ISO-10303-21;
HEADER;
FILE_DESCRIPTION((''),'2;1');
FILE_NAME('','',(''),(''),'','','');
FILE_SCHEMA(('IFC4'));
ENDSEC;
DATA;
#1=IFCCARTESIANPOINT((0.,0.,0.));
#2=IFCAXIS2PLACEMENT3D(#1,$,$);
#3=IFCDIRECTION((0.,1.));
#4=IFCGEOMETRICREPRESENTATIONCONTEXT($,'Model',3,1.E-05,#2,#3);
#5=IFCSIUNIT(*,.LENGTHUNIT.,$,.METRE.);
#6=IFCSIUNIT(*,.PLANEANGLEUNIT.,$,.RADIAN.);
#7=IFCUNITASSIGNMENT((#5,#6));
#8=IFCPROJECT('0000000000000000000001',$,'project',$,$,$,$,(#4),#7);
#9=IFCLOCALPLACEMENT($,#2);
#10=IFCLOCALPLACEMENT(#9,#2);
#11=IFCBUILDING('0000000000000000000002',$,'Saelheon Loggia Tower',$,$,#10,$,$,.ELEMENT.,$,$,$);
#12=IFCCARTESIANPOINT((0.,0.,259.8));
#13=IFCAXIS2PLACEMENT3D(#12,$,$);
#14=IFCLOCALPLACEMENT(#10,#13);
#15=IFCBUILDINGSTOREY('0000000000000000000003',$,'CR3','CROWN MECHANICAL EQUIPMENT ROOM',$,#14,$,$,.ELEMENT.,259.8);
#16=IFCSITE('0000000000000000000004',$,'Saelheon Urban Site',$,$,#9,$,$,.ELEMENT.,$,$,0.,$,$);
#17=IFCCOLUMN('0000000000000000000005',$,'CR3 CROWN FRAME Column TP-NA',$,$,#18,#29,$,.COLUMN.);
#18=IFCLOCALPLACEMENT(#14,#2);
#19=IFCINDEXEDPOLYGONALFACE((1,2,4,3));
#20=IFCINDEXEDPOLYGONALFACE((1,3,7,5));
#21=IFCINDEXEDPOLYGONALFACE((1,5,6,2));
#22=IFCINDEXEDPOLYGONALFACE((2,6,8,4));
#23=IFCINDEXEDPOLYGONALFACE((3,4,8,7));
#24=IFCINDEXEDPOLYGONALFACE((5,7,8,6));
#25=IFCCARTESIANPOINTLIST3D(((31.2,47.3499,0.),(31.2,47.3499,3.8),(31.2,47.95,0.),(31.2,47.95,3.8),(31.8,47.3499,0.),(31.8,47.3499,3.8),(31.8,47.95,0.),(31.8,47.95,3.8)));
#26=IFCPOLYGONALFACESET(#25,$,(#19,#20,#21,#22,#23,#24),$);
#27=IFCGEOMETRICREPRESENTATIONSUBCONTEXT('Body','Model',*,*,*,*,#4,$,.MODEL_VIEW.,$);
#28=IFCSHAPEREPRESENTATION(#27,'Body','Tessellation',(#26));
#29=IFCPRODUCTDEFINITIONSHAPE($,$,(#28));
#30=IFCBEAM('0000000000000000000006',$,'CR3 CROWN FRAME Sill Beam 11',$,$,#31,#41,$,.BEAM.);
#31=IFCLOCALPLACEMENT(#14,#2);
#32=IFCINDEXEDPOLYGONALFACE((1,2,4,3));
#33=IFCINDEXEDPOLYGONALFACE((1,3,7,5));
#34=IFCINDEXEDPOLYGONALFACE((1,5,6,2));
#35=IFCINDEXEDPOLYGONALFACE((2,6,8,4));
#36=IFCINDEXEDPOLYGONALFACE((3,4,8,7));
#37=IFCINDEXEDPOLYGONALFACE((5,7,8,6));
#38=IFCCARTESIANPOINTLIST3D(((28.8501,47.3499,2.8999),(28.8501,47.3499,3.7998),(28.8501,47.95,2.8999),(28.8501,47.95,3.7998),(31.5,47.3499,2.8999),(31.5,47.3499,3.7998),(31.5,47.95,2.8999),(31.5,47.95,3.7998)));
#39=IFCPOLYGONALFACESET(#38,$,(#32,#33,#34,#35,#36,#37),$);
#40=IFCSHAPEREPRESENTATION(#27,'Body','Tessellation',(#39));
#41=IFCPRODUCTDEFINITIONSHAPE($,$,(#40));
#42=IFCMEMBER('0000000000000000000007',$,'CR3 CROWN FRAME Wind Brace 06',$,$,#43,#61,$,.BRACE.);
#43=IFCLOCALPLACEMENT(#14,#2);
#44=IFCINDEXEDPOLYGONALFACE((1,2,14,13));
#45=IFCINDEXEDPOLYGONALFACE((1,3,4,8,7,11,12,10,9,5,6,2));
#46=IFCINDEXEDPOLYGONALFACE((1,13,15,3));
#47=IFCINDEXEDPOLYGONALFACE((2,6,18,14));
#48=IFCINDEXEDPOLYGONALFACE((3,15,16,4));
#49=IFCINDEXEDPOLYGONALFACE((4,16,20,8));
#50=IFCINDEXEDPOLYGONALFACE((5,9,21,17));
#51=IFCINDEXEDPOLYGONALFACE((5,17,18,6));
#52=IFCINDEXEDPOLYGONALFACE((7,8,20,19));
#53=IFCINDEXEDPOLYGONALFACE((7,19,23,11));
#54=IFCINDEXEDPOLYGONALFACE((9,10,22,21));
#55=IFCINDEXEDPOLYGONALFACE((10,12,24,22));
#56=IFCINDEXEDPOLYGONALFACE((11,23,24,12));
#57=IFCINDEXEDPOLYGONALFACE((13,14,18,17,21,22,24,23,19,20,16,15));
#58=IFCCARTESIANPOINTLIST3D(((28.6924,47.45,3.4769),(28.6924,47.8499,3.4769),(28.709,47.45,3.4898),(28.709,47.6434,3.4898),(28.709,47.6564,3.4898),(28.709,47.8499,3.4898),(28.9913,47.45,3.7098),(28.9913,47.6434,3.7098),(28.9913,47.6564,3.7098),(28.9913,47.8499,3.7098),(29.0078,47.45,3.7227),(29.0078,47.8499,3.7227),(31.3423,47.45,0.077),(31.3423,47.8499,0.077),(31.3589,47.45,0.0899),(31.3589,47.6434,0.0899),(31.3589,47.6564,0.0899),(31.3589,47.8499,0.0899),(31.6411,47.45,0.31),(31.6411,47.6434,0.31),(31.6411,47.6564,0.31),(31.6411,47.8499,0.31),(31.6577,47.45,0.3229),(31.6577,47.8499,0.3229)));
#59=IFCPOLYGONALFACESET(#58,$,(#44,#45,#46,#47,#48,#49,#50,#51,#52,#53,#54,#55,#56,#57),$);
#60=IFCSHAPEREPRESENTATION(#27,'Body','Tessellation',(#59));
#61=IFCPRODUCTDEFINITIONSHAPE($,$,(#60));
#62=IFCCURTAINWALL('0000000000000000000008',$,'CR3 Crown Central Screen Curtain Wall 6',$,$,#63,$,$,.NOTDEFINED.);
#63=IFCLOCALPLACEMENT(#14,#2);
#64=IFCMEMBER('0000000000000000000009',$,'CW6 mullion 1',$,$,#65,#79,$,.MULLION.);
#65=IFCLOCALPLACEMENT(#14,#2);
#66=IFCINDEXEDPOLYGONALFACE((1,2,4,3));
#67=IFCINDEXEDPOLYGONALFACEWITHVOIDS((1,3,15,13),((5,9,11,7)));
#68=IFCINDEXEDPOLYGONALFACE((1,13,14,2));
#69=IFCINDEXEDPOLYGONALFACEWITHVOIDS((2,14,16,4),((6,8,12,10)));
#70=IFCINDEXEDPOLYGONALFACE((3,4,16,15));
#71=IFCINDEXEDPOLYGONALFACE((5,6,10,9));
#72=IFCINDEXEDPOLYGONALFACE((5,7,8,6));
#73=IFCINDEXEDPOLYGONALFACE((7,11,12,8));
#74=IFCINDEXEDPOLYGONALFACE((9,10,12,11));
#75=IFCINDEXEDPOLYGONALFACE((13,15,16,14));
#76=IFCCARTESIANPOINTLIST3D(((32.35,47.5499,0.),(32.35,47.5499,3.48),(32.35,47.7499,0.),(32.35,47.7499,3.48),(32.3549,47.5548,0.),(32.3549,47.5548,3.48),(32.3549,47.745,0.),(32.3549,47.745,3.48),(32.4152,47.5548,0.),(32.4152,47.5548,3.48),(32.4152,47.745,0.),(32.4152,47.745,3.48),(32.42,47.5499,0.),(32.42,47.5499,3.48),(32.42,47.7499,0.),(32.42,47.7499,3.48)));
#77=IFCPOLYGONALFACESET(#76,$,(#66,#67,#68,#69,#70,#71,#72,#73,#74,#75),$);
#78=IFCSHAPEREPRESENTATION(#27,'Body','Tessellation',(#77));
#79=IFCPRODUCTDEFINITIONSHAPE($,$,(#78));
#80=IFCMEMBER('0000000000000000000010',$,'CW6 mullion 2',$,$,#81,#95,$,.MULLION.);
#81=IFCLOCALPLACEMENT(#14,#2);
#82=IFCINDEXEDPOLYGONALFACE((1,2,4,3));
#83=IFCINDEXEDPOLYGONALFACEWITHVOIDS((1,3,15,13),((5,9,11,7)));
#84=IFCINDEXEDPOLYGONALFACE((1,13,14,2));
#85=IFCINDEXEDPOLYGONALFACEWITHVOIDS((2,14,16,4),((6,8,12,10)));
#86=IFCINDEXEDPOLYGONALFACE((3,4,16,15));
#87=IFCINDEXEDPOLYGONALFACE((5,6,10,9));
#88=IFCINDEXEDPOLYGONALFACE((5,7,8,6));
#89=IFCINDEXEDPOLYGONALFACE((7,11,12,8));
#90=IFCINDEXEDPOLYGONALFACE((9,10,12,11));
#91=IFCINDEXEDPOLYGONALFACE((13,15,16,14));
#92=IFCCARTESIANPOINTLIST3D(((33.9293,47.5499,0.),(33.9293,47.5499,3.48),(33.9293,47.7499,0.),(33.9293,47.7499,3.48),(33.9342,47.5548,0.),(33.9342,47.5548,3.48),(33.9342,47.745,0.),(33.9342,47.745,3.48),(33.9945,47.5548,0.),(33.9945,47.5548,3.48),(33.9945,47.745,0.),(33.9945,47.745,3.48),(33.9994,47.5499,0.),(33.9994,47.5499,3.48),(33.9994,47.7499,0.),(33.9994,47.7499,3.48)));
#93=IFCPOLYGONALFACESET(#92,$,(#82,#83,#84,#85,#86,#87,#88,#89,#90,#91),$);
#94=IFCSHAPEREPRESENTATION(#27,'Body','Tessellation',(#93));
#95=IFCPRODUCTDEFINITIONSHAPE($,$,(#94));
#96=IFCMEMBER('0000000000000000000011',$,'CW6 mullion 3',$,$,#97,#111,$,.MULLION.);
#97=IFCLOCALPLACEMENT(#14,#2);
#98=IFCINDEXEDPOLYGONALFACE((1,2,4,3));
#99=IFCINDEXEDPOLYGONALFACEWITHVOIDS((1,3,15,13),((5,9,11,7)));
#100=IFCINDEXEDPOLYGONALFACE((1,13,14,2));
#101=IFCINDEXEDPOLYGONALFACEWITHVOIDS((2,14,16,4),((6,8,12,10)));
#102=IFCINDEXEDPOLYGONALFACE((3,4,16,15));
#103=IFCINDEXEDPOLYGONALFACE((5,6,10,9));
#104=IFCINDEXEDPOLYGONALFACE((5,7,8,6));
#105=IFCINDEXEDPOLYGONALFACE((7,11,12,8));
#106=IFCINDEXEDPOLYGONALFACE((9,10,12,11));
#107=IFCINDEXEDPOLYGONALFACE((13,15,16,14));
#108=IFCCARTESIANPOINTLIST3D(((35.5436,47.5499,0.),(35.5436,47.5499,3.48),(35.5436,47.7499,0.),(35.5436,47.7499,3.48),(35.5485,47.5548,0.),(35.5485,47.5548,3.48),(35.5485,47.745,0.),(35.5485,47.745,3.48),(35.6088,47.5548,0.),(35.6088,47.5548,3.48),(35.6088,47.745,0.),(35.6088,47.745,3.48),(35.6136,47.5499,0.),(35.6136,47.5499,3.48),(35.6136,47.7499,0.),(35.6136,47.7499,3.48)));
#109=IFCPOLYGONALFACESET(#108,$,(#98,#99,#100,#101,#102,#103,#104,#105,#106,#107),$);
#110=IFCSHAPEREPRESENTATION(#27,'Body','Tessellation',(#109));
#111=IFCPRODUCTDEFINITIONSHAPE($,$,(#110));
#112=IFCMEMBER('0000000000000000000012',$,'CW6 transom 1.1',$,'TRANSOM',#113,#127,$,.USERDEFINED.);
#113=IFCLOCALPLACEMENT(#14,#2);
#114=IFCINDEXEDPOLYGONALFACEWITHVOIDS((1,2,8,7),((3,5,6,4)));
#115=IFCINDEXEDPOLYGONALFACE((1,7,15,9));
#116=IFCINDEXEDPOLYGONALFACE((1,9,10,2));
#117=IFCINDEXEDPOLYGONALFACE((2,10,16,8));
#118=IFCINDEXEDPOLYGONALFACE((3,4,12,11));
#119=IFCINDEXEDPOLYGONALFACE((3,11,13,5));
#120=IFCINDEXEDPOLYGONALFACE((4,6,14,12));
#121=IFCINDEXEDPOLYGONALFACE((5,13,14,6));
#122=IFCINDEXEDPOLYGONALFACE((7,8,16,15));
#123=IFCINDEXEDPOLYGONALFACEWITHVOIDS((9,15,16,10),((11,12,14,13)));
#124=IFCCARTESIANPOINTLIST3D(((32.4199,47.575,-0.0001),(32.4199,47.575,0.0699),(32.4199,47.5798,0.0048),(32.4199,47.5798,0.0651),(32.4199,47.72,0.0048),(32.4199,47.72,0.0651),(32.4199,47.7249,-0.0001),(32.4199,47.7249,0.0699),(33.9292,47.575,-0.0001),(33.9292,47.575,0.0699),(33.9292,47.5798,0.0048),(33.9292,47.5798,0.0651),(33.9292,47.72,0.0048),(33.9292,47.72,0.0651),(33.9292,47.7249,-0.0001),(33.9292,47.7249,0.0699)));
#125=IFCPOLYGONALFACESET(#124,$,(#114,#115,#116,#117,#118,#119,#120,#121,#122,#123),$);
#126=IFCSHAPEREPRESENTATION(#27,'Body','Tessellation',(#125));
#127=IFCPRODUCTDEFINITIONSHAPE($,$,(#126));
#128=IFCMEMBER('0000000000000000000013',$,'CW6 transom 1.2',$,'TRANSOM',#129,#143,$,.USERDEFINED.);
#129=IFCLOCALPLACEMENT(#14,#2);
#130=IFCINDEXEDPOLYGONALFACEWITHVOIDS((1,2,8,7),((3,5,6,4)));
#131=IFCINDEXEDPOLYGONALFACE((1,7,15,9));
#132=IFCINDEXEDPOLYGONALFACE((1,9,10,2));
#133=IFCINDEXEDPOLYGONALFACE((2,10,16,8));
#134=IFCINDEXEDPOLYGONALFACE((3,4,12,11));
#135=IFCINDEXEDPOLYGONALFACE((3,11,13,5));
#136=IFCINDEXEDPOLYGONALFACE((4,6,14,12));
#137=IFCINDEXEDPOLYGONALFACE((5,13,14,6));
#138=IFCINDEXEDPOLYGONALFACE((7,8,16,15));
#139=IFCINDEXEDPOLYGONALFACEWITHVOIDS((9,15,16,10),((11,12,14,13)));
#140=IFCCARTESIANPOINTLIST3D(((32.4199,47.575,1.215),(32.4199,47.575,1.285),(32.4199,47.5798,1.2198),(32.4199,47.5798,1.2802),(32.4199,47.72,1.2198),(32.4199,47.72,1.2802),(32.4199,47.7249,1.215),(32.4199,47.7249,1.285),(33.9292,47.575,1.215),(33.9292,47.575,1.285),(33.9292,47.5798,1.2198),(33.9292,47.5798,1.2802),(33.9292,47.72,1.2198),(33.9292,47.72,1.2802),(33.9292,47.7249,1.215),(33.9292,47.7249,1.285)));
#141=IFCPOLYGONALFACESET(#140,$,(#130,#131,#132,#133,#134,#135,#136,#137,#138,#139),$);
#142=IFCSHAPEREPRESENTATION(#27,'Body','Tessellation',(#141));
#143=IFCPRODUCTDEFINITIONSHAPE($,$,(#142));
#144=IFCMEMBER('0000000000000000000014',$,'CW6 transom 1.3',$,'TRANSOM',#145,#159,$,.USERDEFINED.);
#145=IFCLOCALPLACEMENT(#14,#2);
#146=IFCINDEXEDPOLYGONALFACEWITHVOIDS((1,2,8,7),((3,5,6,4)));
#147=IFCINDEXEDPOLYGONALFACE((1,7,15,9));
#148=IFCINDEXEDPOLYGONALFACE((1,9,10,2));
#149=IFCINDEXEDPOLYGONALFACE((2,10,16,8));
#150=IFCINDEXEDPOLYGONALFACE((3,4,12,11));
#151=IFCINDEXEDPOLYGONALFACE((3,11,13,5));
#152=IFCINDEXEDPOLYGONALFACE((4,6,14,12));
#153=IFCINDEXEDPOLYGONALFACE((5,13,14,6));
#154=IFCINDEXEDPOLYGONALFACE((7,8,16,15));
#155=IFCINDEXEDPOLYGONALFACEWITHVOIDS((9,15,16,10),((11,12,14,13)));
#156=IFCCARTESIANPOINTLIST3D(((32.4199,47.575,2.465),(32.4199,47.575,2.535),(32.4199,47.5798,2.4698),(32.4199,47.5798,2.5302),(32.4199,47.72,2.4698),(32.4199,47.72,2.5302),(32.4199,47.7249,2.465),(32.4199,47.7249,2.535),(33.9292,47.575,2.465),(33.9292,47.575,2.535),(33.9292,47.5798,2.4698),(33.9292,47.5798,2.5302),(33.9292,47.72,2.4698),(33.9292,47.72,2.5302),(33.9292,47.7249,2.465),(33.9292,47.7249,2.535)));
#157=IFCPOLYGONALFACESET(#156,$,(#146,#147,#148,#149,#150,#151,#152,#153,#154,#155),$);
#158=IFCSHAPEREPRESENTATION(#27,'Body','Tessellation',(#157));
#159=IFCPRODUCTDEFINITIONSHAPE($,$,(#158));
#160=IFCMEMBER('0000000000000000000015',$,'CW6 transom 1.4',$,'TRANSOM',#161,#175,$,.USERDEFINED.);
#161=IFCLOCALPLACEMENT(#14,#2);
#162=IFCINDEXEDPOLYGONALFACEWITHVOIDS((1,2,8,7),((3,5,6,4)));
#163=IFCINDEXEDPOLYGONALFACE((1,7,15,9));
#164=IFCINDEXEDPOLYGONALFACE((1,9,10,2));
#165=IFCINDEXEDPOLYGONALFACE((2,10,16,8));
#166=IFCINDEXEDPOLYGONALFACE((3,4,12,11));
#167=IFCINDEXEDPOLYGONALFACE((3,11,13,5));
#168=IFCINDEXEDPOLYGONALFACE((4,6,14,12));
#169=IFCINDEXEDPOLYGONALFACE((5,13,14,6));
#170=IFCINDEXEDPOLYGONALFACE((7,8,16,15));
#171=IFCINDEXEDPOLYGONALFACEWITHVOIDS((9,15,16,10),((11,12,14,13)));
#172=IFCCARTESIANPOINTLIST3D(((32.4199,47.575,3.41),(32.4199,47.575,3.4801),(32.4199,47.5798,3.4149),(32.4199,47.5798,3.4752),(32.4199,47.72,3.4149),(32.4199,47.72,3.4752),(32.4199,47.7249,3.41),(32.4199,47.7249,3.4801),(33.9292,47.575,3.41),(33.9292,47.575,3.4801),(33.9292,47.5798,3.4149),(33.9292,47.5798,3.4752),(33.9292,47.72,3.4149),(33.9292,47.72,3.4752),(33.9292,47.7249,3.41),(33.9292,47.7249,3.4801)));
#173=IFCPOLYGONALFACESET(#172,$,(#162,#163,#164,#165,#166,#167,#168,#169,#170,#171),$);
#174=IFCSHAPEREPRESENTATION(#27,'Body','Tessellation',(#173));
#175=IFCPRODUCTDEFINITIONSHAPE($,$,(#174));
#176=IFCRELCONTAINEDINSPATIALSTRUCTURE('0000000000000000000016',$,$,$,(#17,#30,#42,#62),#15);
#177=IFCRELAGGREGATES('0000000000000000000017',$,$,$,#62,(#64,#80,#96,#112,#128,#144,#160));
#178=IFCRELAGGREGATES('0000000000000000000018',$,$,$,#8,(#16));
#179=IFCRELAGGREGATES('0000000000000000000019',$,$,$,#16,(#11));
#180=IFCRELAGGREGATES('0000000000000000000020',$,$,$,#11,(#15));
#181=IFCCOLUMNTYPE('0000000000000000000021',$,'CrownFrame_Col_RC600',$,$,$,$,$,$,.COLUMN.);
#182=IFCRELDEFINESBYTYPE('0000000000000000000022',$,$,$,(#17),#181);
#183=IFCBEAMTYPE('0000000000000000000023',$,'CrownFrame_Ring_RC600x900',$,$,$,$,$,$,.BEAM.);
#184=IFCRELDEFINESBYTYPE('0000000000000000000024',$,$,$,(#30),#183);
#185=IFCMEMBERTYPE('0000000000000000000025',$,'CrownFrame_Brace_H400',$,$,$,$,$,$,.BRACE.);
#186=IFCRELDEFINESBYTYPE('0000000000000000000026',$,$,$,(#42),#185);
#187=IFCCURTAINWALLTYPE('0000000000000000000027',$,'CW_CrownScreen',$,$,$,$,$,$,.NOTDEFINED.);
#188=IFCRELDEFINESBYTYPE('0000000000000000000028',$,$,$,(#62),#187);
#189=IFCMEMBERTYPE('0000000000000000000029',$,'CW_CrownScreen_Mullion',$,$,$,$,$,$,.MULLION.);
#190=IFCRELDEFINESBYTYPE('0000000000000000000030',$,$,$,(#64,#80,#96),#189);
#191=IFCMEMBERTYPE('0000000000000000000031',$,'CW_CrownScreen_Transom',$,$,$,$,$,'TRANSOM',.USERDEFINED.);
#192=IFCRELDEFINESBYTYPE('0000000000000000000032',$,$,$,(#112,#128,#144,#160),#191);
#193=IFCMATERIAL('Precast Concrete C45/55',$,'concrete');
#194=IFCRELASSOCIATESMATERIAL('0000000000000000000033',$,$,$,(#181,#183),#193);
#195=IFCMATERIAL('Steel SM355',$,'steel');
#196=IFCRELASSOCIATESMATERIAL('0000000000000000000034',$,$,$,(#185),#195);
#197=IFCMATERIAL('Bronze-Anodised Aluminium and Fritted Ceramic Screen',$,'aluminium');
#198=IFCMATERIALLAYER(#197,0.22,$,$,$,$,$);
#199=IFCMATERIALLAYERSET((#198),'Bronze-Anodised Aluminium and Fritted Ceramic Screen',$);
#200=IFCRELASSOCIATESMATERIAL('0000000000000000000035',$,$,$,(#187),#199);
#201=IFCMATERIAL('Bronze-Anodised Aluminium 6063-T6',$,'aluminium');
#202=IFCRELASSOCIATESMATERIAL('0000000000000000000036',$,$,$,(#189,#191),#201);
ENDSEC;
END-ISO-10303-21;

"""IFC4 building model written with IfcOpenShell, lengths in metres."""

from ifc_helpers import new_model, si_unit, direction, frame, origin, origin_2d, place, context, subcontext, project, spatial, rectangle, hollow_rectangle, i_section, extrude, source, transform, mapped, material, layer, layer_set, material_profile, profile_set, type_object, element, aggregate, save


model = new_model("IFC4")

# Units and contexts
model_context = context("Model", 3, precision=1e-05, world=origin(), true_north=direction((0.0, 1.0)))
body_context = subcontext(model_context, "Body", "Model", "MODEL_VIEW")
ifc_project = project(units=[si_unit("LENGTHUNIT", "METRE"), si_unit("PLANEANGLEUNIT", "RADIAN")], contexts=[model_context])

# Site, building, storey
site_placement = place(None, origin())
site = spatial("IfcSite", under=ifc_project, at=site_placement, Name="Saelheon Urban Site", CompositionType="ELEMENT", RefElevation=0.0)
building_placement = place(site_placement, origin())
building = spatial("IfcBuilding", under=site, at=building_placement, Name="Saelheon Loggia Tower", CompositionType="ELEMENT")
storey_placement = place(building_placement, frame((0.0, 0.0, 259.8)))
storey = spatial("IfcBuildingStorey", under=building, at=storey_placement, Name="CR3", Description="CROWN MECHANICAL EQUIPMENT ROOM", CompositionType="ELEMENT", Elevation=259.8)

# Column
ifc_material_1 = material(Name="Precast Concrete C45/55", Category="concrete")
ifc_material_profile_1 = material_profile(ifc_material_1, rectangle(XDim=0.6001, YDim=0.6001, at=origin_2d()), Name="RC-600x600")
ifc_profile_set_1 = profile_set([ifc_material_profile_1], Name="Precast Concrete C45/55")
column_type = type_object("IfcColumnType", Name="CrownFrame_Col_RC600", PredefinedType="COLUMN", material=ifc_profile_set_1)
shared_shape_1 = source(origin(), body_context, "Body", "SweptSolid", [
    extrude(rectangle(XDim=0.6001, YDim=0.6001, at=origin_2d()), origin(), (0.0, 0.0, 1.0), 3.8),
])
column_placement = place(storey_placement, frame((31.5, 47.6499, 0.0), z_axis=(0.0, 0.0, 1.0), x_axis=(1.0, 0.0, 0.0)))
element("IfcColumn", 1, at=column_placement, inside=storey, type_object=column_type, Name="CR3 CROWN FRAME Column TP-NA", PredefinedType="COLUMN", context=body_context, shape_type="MappedRepresentation", body=[
    mapped(shared_shape_1, transform((0.0, 0.0, 0.0), scale=1.0)),
])

# Beam
ifc_material_profile_2 = material_profile(ifc_material_1, rectangle(XDim=0.6001, YDim=0.8999, at=origin_2d()), Name="RC-600x900")
ifc_profile_set_2 = profile_set([ifc_material_profile_2], Name="Precast Concrete C45/55")
beam_type = type_object("IfcBeamType", Name="CrownFrame_Ring_RC600x900", PredefinedType="BEAM", material=ifc_profile_set_2)
shared_shape_2 = source(origin(), body_context, "Body", "SweptSolid", [
    extrude(rectangle(XDim=0.6001, YDim=0.8999, at=origin_2d()), origin(), (0.0, 0.0, 1.0), 2.6499),
])
beam_placement = place(storey_placement, frame((31.5, 47.6499, 3.3499), z_axis=(-1.0, 0.0, 0.0), x_axis=(0.0, -1.0, 0.0)))
element("IfcBeam", 2, at=beam_placement, inside=storey, type_object=beam_type, Name="CR3 CROWN FRAME Sill Beam 11", PredefinedType="BEAM", context=body_context, shape_type="MappedRepresentation", body=[
    mapped(shared_shape_2, transform((0.0, 0.0, 0.0), scale=1.0)),
])

# Member
ifc_material_2 = material(Name="Steel SM355", Category="steel")
ifc_material_profile_3 = material_profile(ifc_material_2, i_section(OverallWidth=0.3999, OverallDepth=0.3999, WebThickness=0.0129, FlangeThickness=0.021, at=origin_2d()), Name="H-400x400x13x21")
ifc_profile_set_3 = profile_set([ifc_material_profile_3], Name="Steel SM355")
member_type_1 = type_object("IfcMemberType", Name="CrownFrame_Brace_H400", PredefinedType="BRACE", material=ifc_profile_set_3)
shared_shape_3 = source(origin(), body_context, "Body", "SweptSolid", [
    extrude(i_section(OverallWidth=0.3999, OverallDepth=0.3999, WebThickness=0.0129, FlangeThickness=0.021, at=origin_2d()), origin(), (0.0, 0.0, 1.0), 4.3105),
])
member_1_placement = place(storey_placement, frame((31.5, 47.6499, 0.2), z_axis=(-0.61474, 0.0, 0.78873), x_axis=(0.0, -1.0, 0.0)))
element("IfcMember", 3, at=member_1_placement, inside=storey, type_object=member_type_1, Name="CR3 CROWN FRAME Wind Brace 06", PredefinedType="BRACE", context=body_context, shape_type="MappedRepresentation", body=[
    mapped(shared_shape_3, transform((0.0, 0.0, 0.0), scale=1.0)),
])

# Curtain wall, members
ifc_material_3 = material(Name="Bronze-Anodised Aluminium and Fritted Ceramic Screen", Category="aluminium")
ifc_layer_1 = layer(ifc_material_3, 0.22)
ifc_layer_set_1 = layer_set([ifc_layer_1], Name="Bronze-Anodised Aluminium and Fritted Ceramic Screen")
curtain_wall_type = type_object("IfcCurtainWallType", Name="CW_CrownScreen", PredefinedType="NOTDEFINED", material=ifc_layer_set_1)
curtain_wall_placement = place(storey_placement, origin())
curtain_wall = element("IfcCurtainWall", 4, at=curtain_wall_placement, inside=storey, type_object=curtain_wall_type, Name="CR3 Crown Central Screen Curtain Wall 6", PredefinedType="NOTDEFINED")
ifc_material_4 = material(Name="Bronze-Anodised Aluminium 6063-T6", Category="aluminium")
ifc_material_profile_4 = material_profile(ifc_material_4, hollow_rectangle(XDim=0.0701, YDim=0.2, WallThickness=0.0049, at=origin_2d()), Name="RHS-200x70x5")
ifc_profile_set_4 = profile_set([ifc_material_profile_4], Name="Bronze-Anodised Aluminium 6063-T6")
member_type_2 = type_object("IfcMemberType", Name="CW_CrownScreen_Mullion", PredefinedType="MULLION", material=ifc_profile_set_4)
shared_shape_4 = source(origin(), body_context, "Body", "SweptSolid", [
    extrude(hollow_rectangle(XDim=0.0701, YDim=0.2, WallThickness=0.0049, at=origin_2d()), origin(), (0.0, 0.0, 1.0), 3.48),
])
member_2_placement = place(storey_placement, frame((32.385, 47.6499, 0.0), z_axis=(0.0, 0.0, 1.0), x_axis=(1.0, 0.0, 0.0)))
member_2 = element("IfcMember", 5, at=member_2_placement, type_object=member_type_2, Name="CW6 mullion 1", PredefinedType="MULLION", context=body_context, shape_type="MappedRepresentation", body=[
    mapped(shared_shape_4, transform((0.0, 0.0, 0.0), scale=1.0)),
])
member_3_placement = place(storey_placement, frame((33.9644, 47.6499, 0.0), z_axis=(0.0, 0.0, 1.0), x_axis=(1.0, 0.0, 0.0)))
member_3 = element("IfcMember", 6, at=member_3_placement, type_object=member_type_2, Name="CW6 mullion 2", PredefinedType="MULLION", context=body_context, shape_type="MappedRepresentation", body=[
    mapped(shared_shape_4, transform((0.0, 0.0, 0.0), scale=1.0)),
])
member_4_placement = place(storey_placement, frame((35.5786, 47.6499, 0.0), z_axis=(0.0, 0.0, 1.0), x_axis=(1.0, 0.0, 0.0)))
member_4 = element("IfcMember", 7, at=member_4_placement, type_object=member_type_2, Name="CW6 mullion 3", PredefinedType="MULLION", context=body_context, shape_type="MappedRepresentation", body=[
    mapped(shared_shape_4, transform((0.0, 0.0, 0.0), scale=1.0)),
])
ifc_material_profile_5 = material_profile(ifc_material_4, hollow_rectangle(XDim=0.0701, YDim=0.1499, WallThickness=0.0049, at=origin_2d()), Name="RHS-150x70x5")
ifc_profile_set_5 = profile_set([ifc_material_profile_5], Name="Bronze-Anodised Aluminium 6063-T6")
member_type_3 = type_object("IfcMemberType", Name="CW_CrownScreen_Transom", ElementType="TRANSOM", PredefinedType="USERDEFINED", material=ifc_profile_set_5)
shared_shape_5 = source(origin(), body_context, "Body", "SweptSolid", [
    extrude(hollow_rectangle(XDim=0.0701, YDim=0.1499, WallThickness=0.0049, at=origin_2d()), origin(), (0.0, 0.0, 1.0), 1.5093),
])
member_5_placement = place(storey_placement, frame((32.4199, 47.6499, 0.0349), z_axis=(1.0, 0.0, 0.0), x_axis=(0.0, 0.0, 1.0)))
member_5 = element("IfcMember", 8, at=member_5_placement, type_object=member_type_3, Name="CW6 transom 1.1", ObjectType="TRANSOM", PredefinedType="USERDEFINED", context=body_context, shape_type="MappedRepresentation", body=[
    mapped(shared_shape_5, transform((0.0, 0.0, 0.0), scale=1.0)),
])
member_6_placement = place(storey_placement, frame((32.4199, 47.6499, 1.25), z_axis=(1.0, 0.0, 0.0), x_axis=(0.0, 0.0, 1.0)))
member_6 = element("IfcMember", 9, at=member_6_placement, type_object=member_type_3, Name="CW6 transom 1.2", ObjectType="TRANSOM", PredefinedType="USERDEFINED", context=body_context, shape_type="MappedRepresentation", body=[
    mapped(shared_shape_5, transform((0.0, 0.0, 0.0), scale=1.0)),
])
member_7_placement = place(storey_placement, frame((32.4199, 47.6499, 2.5), z_axis=(1.0, 0.0, 0.0), x_axis=(0.0, 0.0, 1.0)))
member_7 = element("IfcMember", 10, at=member_7_placement, type_object=member_type_3, Name="CW6 transom 1.3", ObjectType="TRANSOM", PredefinedType="USERDEFINED", context=body_context, shape_type="MappedRepresentation", body=[
    mapped(shared_shape_5, transform((0.0, 0.0, 0.0), scale=1.0)),
])
member_8_placement = place(storey_placement, frame((32.4199, 47.6499, 3.4451), z_axis=(1.0, 0.0, 0.0), x_axis=(0.0, 0.0, 1.0)))
member_8 = element("IfcMember", 11, at=member_8_placement, type_object=member_type_3, Name="CW6 transom 1.4", ObjectType="TRANSOM", PredefinedType="USERDEFINED", context=body_context, shape_type="MappedRepresentation", body=[
    mapped(shared_shape_5, transform((0.0, 0.0, 0.0), scale=1.0)),
])
aggregate(curtain_wall, [member_2, member_3, member_4, member_5, member_6, member_7, member_8])

save(model, "model.ifc")
